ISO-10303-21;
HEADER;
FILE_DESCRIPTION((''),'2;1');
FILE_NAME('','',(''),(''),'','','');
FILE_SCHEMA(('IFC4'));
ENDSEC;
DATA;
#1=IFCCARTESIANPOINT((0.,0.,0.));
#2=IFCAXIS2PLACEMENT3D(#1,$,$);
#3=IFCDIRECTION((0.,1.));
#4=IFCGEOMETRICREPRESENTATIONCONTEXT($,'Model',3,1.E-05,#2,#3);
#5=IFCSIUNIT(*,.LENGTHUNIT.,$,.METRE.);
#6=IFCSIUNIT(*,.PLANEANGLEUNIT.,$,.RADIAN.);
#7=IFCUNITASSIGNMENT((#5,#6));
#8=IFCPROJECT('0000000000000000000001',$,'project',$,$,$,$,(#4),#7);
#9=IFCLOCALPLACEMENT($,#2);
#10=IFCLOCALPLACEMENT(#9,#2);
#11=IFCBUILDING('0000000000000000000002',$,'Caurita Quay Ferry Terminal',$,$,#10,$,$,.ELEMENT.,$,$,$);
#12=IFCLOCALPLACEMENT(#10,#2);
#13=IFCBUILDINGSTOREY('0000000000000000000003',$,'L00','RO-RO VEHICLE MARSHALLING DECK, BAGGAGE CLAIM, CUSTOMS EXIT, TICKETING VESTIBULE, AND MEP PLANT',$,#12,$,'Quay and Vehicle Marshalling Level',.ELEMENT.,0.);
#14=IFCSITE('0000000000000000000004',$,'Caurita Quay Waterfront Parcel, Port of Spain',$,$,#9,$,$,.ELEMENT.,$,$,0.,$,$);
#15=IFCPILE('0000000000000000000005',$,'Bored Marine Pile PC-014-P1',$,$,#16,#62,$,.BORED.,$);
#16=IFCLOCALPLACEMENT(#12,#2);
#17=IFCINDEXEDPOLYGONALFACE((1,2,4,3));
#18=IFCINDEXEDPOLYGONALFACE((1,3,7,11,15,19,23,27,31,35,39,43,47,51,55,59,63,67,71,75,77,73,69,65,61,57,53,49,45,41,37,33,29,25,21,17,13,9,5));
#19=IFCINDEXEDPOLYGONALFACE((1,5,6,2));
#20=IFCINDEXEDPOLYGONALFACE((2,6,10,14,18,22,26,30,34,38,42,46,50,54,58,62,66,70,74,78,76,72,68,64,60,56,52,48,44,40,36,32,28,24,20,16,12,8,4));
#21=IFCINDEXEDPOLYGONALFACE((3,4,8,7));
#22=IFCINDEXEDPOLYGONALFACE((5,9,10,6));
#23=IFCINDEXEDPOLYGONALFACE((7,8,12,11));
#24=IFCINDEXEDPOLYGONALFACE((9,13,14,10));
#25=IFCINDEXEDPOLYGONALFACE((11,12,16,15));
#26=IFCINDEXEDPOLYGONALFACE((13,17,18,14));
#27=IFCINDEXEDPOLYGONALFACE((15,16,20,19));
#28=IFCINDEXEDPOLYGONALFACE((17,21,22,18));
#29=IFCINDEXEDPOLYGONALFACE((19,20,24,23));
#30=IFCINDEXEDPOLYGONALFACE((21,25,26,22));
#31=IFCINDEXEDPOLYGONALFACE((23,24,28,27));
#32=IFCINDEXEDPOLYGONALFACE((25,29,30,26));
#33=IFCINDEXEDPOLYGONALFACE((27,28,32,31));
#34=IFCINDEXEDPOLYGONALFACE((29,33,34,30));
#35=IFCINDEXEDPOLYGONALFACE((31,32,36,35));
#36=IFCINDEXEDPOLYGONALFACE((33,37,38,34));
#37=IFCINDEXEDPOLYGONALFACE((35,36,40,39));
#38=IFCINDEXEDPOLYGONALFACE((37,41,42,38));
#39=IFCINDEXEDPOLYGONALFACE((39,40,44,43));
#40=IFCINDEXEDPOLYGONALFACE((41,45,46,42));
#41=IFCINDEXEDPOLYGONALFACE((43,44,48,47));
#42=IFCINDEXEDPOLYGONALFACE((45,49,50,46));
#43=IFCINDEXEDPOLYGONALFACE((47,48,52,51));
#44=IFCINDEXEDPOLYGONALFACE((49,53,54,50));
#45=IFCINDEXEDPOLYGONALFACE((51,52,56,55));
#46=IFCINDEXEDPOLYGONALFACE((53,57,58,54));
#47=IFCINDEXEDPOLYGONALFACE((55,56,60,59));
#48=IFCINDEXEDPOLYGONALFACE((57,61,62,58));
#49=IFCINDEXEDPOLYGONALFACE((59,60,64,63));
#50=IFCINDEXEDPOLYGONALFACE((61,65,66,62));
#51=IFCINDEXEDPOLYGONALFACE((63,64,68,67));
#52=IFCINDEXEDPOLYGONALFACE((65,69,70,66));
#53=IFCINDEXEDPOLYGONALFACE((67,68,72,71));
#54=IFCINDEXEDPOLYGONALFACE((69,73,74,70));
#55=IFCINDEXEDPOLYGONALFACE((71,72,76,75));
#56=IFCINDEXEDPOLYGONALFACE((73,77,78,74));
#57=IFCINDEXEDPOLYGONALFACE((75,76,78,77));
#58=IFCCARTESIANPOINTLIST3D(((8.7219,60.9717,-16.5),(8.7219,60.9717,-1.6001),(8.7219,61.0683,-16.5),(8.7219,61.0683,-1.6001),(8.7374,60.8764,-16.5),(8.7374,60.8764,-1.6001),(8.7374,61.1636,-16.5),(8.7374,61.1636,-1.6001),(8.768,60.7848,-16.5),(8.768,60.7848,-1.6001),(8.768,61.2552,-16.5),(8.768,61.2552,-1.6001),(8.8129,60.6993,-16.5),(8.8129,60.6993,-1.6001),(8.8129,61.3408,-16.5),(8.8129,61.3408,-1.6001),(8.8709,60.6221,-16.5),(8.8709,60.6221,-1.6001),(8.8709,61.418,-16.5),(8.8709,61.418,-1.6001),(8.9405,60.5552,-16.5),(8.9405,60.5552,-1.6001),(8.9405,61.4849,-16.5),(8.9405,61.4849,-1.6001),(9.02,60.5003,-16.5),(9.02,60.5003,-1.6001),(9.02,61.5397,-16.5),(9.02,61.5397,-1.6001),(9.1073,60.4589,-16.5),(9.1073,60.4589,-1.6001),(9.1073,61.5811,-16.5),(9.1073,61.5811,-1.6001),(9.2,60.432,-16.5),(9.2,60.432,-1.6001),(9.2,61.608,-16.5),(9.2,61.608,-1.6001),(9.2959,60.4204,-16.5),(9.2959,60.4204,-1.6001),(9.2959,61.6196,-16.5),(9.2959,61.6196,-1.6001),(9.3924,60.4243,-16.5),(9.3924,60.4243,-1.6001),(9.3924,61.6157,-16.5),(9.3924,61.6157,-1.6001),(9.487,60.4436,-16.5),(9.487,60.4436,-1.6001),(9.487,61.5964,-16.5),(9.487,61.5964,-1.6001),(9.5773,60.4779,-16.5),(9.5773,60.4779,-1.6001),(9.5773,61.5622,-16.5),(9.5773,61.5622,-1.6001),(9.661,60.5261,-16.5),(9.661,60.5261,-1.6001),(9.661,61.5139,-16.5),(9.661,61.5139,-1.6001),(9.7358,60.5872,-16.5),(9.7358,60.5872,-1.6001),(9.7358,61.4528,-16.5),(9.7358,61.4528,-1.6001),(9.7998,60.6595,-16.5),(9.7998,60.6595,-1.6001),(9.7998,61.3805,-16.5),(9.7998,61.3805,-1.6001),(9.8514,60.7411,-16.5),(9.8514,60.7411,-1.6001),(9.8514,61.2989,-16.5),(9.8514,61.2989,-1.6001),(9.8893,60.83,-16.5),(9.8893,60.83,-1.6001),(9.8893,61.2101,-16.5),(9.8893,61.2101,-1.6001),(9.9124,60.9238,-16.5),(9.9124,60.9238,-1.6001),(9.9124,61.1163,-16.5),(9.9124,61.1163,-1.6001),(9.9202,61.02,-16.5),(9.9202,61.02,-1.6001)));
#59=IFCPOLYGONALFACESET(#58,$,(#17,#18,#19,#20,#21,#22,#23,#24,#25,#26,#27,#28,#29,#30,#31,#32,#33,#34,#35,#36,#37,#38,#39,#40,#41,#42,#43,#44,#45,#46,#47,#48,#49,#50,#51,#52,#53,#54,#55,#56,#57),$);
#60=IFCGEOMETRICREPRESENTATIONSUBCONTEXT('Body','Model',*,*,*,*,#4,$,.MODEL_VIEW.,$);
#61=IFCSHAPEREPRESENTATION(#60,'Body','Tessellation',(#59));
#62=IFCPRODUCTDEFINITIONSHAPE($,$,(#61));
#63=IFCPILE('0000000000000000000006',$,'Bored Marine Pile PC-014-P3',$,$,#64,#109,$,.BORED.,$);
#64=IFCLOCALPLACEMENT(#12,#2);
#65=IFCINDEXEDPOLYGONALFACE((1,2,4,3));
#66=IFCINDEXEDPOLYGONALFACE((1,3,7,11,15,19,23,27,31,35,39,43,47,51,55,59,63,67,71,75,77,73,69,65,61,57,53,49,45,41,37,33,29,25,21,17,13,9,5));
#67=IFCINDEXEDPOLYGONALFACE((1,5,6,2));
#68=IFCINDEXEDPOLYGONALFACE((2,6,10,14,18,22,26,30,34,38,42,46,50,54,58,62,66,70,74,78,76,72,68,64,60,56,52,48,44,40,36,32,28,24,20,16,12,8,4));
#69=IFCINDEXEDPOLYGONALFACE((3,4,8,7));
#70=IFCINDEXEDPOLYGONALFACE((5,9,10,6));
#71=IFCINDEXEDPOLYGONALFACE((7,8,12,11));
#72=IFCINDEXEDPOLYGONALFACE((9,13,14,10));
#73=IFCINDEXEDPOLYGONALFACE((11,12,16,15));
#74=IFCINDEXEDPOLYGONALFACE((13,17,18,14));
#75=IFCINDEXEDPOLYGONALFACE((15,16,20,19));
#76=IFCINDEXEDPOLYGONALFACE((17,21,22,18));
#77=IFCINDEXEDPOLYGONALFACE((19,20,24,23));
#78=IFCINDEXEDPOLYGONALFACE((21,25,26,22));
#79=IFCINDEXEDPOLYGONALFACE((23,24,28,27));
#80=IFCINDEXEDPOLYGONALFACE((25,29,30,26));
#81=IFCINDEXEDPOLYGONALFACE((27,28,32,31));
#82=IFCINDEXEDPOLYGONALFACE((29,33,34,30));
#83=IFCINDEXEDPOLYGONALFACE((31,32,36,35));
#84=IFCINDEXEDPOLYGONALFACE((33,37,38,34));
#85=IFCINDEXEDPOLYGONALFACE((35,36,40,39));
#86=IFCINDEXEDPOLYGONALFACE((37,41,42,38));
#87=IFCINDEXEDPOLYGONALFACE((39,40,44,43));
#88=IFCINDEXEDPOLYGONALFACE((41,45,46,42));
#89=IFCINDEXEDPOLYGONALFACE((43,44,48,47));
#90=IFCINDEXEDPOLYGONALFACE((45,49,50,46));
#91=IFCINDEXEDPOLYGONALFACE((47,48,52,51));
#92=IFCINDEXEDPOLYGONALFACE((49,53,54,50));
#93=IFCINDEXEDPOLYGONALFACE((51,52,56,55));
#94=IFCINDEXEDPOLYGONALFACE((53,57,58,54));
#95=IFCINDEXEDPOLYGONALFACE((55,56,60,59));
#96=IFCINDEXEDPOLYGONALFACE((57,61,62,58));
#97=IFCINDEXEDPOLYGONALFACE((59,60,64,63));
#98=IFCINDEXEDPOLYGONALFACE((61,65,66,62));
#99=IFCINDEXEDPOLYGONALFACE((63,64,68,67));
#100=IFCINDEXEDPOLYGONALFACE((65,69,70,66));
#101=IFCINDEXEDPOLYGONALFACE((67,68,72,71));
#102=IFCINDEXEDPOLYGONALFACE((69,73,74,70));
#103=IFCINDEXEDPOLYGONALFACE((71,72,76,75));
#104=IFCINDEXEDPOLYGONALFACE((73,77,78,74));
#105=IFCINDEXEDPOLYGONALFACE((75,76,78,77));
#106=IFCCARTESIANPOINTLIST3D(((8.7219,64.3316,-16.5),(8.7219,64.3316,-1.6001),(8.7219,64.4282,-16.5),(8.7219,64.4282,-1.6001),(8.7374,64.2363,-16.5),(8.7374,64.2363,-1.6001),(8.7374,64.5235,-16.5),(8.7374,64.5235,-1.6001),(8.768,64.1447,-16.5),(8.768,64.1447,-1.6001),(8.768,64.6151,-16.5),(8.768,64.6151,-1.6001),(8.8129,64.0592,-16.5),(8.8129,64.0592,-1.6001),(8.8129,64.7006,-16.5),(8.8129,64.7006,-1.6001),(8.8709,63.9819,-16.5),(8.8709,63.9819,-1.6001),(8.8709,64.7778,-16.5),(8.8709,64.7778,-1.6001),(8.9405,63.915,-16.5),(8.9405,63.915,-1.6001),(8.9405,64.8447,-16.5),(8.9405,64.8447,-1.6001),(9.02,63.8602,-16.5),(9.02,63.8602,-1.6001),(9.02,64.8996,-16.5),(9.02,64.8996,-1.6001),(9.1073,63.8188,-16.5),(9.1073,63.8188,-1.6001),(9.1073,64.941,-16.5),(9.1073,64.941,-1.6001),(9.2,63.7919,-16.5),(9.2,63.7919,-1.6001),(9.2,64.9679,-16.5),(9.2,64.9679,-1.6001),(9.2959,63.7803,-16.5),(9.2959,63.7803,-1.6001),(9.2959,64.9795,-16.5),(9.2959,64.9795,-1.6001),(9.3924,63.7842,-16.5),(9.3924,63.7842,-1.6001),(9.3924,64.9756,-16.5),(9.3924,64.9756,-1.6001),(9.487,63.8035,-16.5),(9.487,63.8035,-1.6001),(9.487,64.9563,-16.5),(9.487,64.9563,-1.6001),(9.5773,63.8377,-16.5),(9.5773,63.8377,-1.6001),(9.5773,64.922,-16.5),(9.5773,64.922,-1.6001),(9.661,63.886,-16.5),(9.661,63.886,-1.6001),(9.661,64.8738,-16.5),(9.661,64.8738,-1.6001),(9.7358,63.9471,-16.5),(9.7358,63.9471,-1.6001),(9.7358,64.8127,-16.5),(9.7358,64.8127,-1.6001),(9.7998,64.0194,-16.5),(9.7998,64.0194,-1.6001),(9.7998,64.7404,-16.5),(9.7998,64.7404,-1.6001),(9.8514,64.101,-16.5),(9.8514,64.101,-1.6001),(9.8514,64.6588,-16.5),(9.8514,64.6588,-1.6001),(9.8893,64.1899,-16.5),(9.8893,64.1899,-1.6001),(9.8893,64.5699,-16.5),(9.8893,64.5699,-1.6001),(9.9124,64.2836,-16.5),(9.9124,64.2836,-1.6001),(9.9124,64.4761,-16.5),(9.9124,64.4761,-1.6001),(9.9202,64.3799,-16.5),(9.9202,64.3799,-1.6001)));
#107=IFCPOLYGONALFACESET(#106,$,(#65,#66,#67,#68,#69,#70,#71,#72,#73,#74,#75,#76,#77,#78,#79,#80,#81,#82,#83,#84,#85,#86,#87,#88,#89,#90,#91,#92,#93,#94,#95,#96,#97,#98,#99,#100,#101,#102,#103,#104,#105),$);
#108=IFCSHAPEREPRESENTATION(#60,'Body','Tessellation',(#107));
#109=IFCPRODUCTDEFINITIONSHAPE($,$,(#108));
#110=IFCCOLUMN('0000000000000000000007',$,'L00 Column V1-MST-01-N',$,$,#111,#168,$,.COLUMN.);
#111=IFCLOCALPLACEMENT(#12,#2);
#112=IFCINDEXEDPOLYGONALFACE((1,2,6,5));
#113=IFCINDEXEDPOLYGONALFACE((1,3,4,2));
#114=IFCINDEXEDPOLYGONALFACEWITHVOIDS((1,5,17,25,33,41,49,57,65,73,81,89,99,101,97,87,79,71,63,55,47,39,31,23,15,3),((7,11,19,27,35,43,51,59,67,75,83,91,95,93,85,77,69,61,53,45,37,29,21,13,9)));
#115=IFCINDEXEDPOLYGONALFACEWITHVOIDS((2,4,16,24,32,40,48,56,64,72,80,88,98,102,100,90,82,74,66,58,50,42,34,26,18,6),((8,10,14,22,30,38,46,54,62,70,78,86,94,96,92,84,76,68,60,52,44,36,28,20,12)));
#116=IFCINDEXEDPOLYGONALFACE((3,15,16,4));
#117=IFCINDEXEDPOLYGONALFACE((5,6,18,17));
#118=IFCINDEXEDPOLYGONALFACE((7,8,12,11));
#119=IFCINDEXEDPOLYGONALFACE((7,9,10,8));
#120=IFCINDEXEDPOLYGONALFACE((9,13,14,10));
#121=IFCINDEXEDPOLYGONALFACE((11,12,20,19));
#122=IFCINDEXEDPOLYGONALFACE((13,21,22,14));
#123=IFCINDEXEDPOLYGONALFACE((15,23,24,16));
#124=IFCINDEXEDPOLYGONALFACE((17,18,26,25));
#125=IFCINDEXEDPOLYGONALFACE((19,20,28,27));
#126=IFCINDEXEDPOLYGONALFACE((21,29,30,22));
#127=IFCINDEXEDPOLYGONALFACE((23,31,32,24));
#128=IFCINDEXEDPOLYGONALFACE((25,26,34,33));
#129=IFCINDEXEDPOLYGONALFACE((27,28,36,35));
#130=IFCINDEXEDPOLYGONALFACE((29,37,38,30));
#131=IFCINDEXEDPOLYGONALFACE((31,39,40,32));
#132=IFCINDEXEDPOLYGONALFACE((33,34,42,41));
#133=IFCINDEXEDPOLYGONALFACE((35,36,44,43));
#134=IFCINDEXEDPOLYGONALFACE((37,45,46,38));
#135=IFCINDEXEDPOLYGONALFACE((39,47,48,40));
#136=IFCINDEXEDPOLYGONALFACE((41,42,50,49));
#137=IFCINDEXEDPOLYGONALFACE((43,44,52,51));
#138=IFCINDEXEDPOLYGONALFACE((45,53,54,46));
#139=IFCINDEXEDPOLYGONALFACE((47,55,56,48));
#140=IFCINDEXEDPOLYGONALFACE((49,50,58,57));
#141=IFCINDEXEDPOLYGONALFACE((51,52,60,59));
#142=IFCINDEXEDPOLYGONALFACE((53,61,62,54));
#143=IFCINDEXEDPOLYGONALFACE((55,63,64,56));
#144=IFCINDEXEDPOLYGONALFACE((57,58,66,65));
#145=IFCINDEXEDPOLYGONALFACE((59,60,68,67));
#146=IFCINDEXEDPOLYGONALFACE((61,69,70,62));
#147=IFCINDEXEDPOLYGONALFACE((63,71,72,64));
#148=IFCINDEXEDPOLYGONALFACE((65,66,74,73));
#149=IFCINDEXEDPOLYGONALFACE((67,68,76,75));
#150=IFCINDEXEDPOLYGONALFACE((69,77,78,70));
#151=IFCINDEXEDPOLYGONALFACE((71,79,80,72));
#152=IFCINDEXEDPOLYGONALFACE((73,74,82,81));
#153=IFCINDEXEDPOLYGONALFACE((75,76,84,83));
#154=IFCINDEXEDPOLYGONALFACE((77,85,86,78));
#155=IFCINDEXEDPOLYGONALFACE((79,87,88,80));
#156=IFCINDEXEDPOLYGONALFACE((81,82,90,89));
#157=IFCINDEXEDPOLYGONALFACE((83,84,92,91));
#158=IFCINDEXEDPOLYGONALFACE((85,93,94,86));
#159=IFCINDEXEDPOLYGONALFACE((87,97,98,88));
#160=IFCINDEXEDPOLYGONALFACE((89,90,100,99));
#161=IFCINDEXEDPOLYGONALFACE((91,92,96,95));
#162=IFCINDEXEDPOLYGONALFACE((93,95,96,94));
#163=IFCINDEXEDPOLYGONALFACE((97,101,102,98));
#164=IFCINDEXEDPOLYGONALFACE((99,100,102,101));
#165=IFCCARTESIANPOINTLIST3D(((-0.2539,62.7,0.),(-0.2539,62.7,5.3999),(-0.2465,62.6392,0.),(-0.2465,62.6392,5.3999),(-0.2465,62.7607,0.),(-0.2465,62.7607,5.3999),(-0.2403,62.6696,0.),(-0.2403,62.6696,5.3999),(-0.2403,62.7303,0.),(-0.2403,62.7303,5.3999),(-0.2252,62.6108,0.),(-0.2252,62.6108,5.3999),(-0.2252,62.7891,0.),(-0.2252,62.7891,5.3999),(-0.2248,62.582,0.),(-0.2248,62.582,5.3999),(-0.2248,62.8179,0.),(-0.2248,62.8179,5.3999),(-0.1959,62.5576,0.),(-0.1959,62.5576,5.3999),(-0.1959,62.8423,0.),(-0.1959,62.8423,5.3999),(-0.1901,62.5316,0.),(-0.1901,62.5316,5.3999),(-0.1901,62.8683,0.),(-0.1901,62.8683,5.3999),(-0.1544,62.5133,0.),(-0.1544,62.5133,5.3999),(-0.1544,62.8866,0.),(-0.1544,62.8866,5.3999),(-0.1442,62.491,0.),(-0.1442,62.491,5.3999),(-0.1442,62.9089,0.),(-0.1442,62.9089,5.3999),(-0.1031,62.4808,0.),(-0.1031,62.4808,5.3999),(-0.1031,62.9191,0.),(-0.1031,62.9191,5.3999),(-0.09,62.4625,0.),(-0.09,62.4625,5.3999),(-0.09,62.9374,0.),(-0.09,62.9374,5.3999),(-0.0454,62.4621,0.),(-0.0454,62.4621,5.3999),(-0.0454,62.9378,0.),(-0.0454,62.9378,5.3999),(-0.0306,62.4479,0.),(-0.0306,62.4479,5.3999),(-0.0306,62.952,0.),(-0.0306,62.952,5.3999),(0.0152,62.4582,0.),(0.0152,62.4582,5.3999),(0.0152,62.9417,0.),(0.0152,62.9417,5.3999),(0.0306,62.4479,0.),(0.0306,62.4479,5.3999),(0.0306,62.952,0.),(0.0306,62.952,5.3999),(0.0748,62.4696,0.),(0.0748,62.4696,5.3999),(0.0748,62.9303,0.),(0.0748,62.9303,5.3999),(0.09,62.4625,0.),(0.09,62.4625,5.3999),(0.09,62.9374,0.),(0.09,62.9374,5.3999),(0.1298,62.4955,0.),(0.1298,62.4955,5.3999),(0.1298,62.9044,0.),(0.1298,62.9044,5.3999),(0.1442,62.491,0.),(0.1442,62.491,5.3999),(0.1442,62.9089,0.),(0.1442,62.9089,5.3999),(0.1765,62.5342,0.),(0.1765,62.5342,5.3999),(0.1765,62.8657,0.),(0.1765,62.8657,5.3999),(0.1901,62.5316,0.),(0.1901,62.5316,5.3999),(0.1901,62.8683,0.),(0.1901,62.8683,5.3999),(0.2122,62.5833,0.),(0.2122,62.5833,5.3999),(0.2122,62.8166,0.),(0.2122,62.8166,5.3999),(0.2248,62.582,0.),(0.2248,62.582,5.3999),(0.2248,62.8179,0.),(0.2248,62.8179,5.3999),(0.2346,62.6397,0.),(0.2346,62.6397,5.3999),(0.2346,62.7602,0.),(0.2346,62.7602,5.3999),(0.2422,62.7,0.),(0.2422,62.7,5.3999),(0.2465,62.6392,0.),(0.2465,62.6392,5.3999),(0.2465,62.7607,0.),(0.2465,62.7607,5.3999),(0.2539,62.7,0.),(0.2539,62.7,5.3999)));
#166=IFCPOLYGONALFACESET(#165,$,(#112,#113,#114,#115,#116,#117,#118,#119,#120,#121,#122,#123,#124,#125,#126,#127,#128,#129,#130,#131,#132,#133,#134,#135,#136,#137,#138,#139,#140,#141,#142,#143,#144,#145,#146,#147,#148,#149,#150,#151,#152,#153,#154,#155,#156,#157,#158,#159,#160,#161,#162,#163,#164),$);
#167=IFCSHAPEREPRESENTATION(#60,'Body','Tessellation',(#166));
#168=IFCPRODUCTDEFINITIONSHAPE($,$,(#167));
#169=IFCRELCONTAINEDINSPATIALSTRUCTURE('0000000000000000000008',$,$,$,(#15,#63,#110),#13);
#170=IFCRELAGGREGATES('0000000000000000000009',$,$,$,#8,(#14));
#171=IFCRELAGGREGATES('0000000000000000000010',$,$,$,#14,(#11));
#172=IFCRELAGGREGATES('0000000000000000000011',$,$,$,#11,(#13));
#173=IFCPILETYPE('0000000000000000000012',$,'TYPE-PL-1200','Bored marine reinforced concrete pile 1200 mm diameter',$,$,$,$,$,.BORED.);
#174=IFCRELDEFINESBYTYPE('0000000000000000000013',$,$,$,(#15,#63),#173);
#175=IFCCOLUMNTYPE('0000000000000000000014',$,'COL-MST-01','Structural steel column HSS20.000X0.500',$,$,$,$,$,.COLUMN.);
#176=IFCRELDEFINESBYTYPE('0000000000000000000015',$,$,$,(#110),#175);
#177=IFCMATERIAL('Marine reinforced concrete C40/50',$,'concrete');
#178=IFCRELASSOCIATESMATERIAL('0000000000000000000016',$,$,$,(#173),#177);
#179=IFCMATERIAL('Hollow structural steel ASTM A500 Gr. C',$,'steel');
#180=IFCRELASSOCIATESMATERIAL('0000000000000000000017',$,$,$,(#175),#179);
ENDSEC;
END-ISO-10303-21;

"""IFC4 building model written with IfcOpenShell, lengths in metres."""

from ifc_helpers import new_model, si_unit, direction, frame, origin, origin_2d, place, context, subcontext, project, spatial, circle, hollow_circle, extrude, material, material_profile, profile_set, type_object, element, save


model = new_model("IFC4")

# Units and contexts
model_context = context("Model", 3, precision=1e-05, world=origin(), true_north=direction((0.0, 1.0)))
body_context = subcontext(model_context, "Body", "Model", "MODEL_VIEW")
ifc_project = project(units=[si_unit("LENGTHUNIT", "METRE"), si_unit("PLANEANGLEUNIT", "RADIAN")], contexts=[model_context])

# Site, building, storey
site_placement = place(None, origin())
site = spatial("IfcSite", under=ifc_project, at=site_placement, Name="Caurita Quay Waterfront Parcel, Port of Spain", CompositionType="ELEMENT", RefElevation=0.0)
building_placement = place(site_placement, origin())
building = spatial("IfcBuilding", under=site, at=building_placement, Name="Caurita Quay Ferry Terminal", CompositionType="ELEMENT")
storey_placement = place(building_placement, origin())
storey = spatial("IfcBuildingStorey", under=building, at=storey_placement, Name="L00", Description="RO-RO VEHICLE MARSHALLING DECK, BAGGAGE CLAIM, CUSTOMS EXIT, TICKETING VESTIBULE, AND MEP PLANT", LongName="Quay and Vehicle Marshalling Level", CompositionType="ELEMENT", Elevation=0.0)

# Piles
ifc_material_1 = material(Name="Marine reinforced concrete C40/50", Category="concrete")
ifc_material_profile_1 = material_profile(ifc_material_1, circle(Radius=0.6001, at=origin_2d()), Name="PILE-D1200")
ifc_profile_set_1 = profile_set([ifc_material_profile_1], Name="Marine reinforced concrete C40/50")
pile_type = type_object("IfcPileType", Name="TYPE-PL-1200", Description="Bored marine reinforced concrete pile 1200 mm diameter", PredefinedType="BORED", material=ifc_profile_set_1)
for number, where, z_axis, x_axis, name in (
    (1, (9.3201, 61.02, -1.6001), (0.0, 0.0, -1.0), (1.0, 0.0, 0.0), "Bored Marine Pile PC-014-P1"),
    (2, (9.3201, 64.3799, -1.6001), (0.0, 0.0, -1.0), (1.0, 0.0, 0.0), "Bored Marine Pile PC-014-P3"),
):
    element("IfcPile", number, at=place(storey_placement, frame(where, z_axis=z_axis, x_axis=x_axis)), inside=storey, type_object=pile_type, Name=name, PredefinedType="BORED", context=body_context, shape_type="SweptSolid", body=[
        extrude(circle(Radius=0.6001, at=origin_2d()), origin(), (0.0, 0.0, 1.0), 14.8999),
    ])

# Column
ifc_material_2 = material(Name="Hollow structural steel ASTM A500 Gr. C", Category="steel")
ifc_material_profile_2 = material_profile(ifc_material_2, hollow_circle(Radius=0.2539, WallThickness=0.0117, at=origin_2d()), Name="HSS20.000X0.500")
ifc_profile_set_2 = profile_set([ifc_material_profile_2], Name="Hollow structural steel ASTM A500 Gr. C")
column_type = type_object("IfcColumnType", Name="COL-MST-01", Description="Structural steel column HSS20.000X0.500", PredefinedType="COLUMN", material=ifc_profile_set_2)
for number, where, z_axis, x_axis, name in (
    (3, (0.0, 62.7, 0.0), (0.0, 0.0, 1.0), (1.0, 0.0, 0.0), "L00 Column V1-MST-01-N"),
):
    element("IfcColumn", number, at=place(storey_placement, frame(where, z_axis=z_axis, x_axis=x_axis)), inside=storey, type_object=column_type, Name=name, PredefinedType="COLUMN", context=body_context, shape_type="SweptSolid", body=[
        extrude(hollow_circle(Radius=0.2539, WallThickness=0.0117, at=origin_2d()), origin(), (0.0, 0.0, 1.0), 5.3999),
    ])

save(model, "model.ifc")
